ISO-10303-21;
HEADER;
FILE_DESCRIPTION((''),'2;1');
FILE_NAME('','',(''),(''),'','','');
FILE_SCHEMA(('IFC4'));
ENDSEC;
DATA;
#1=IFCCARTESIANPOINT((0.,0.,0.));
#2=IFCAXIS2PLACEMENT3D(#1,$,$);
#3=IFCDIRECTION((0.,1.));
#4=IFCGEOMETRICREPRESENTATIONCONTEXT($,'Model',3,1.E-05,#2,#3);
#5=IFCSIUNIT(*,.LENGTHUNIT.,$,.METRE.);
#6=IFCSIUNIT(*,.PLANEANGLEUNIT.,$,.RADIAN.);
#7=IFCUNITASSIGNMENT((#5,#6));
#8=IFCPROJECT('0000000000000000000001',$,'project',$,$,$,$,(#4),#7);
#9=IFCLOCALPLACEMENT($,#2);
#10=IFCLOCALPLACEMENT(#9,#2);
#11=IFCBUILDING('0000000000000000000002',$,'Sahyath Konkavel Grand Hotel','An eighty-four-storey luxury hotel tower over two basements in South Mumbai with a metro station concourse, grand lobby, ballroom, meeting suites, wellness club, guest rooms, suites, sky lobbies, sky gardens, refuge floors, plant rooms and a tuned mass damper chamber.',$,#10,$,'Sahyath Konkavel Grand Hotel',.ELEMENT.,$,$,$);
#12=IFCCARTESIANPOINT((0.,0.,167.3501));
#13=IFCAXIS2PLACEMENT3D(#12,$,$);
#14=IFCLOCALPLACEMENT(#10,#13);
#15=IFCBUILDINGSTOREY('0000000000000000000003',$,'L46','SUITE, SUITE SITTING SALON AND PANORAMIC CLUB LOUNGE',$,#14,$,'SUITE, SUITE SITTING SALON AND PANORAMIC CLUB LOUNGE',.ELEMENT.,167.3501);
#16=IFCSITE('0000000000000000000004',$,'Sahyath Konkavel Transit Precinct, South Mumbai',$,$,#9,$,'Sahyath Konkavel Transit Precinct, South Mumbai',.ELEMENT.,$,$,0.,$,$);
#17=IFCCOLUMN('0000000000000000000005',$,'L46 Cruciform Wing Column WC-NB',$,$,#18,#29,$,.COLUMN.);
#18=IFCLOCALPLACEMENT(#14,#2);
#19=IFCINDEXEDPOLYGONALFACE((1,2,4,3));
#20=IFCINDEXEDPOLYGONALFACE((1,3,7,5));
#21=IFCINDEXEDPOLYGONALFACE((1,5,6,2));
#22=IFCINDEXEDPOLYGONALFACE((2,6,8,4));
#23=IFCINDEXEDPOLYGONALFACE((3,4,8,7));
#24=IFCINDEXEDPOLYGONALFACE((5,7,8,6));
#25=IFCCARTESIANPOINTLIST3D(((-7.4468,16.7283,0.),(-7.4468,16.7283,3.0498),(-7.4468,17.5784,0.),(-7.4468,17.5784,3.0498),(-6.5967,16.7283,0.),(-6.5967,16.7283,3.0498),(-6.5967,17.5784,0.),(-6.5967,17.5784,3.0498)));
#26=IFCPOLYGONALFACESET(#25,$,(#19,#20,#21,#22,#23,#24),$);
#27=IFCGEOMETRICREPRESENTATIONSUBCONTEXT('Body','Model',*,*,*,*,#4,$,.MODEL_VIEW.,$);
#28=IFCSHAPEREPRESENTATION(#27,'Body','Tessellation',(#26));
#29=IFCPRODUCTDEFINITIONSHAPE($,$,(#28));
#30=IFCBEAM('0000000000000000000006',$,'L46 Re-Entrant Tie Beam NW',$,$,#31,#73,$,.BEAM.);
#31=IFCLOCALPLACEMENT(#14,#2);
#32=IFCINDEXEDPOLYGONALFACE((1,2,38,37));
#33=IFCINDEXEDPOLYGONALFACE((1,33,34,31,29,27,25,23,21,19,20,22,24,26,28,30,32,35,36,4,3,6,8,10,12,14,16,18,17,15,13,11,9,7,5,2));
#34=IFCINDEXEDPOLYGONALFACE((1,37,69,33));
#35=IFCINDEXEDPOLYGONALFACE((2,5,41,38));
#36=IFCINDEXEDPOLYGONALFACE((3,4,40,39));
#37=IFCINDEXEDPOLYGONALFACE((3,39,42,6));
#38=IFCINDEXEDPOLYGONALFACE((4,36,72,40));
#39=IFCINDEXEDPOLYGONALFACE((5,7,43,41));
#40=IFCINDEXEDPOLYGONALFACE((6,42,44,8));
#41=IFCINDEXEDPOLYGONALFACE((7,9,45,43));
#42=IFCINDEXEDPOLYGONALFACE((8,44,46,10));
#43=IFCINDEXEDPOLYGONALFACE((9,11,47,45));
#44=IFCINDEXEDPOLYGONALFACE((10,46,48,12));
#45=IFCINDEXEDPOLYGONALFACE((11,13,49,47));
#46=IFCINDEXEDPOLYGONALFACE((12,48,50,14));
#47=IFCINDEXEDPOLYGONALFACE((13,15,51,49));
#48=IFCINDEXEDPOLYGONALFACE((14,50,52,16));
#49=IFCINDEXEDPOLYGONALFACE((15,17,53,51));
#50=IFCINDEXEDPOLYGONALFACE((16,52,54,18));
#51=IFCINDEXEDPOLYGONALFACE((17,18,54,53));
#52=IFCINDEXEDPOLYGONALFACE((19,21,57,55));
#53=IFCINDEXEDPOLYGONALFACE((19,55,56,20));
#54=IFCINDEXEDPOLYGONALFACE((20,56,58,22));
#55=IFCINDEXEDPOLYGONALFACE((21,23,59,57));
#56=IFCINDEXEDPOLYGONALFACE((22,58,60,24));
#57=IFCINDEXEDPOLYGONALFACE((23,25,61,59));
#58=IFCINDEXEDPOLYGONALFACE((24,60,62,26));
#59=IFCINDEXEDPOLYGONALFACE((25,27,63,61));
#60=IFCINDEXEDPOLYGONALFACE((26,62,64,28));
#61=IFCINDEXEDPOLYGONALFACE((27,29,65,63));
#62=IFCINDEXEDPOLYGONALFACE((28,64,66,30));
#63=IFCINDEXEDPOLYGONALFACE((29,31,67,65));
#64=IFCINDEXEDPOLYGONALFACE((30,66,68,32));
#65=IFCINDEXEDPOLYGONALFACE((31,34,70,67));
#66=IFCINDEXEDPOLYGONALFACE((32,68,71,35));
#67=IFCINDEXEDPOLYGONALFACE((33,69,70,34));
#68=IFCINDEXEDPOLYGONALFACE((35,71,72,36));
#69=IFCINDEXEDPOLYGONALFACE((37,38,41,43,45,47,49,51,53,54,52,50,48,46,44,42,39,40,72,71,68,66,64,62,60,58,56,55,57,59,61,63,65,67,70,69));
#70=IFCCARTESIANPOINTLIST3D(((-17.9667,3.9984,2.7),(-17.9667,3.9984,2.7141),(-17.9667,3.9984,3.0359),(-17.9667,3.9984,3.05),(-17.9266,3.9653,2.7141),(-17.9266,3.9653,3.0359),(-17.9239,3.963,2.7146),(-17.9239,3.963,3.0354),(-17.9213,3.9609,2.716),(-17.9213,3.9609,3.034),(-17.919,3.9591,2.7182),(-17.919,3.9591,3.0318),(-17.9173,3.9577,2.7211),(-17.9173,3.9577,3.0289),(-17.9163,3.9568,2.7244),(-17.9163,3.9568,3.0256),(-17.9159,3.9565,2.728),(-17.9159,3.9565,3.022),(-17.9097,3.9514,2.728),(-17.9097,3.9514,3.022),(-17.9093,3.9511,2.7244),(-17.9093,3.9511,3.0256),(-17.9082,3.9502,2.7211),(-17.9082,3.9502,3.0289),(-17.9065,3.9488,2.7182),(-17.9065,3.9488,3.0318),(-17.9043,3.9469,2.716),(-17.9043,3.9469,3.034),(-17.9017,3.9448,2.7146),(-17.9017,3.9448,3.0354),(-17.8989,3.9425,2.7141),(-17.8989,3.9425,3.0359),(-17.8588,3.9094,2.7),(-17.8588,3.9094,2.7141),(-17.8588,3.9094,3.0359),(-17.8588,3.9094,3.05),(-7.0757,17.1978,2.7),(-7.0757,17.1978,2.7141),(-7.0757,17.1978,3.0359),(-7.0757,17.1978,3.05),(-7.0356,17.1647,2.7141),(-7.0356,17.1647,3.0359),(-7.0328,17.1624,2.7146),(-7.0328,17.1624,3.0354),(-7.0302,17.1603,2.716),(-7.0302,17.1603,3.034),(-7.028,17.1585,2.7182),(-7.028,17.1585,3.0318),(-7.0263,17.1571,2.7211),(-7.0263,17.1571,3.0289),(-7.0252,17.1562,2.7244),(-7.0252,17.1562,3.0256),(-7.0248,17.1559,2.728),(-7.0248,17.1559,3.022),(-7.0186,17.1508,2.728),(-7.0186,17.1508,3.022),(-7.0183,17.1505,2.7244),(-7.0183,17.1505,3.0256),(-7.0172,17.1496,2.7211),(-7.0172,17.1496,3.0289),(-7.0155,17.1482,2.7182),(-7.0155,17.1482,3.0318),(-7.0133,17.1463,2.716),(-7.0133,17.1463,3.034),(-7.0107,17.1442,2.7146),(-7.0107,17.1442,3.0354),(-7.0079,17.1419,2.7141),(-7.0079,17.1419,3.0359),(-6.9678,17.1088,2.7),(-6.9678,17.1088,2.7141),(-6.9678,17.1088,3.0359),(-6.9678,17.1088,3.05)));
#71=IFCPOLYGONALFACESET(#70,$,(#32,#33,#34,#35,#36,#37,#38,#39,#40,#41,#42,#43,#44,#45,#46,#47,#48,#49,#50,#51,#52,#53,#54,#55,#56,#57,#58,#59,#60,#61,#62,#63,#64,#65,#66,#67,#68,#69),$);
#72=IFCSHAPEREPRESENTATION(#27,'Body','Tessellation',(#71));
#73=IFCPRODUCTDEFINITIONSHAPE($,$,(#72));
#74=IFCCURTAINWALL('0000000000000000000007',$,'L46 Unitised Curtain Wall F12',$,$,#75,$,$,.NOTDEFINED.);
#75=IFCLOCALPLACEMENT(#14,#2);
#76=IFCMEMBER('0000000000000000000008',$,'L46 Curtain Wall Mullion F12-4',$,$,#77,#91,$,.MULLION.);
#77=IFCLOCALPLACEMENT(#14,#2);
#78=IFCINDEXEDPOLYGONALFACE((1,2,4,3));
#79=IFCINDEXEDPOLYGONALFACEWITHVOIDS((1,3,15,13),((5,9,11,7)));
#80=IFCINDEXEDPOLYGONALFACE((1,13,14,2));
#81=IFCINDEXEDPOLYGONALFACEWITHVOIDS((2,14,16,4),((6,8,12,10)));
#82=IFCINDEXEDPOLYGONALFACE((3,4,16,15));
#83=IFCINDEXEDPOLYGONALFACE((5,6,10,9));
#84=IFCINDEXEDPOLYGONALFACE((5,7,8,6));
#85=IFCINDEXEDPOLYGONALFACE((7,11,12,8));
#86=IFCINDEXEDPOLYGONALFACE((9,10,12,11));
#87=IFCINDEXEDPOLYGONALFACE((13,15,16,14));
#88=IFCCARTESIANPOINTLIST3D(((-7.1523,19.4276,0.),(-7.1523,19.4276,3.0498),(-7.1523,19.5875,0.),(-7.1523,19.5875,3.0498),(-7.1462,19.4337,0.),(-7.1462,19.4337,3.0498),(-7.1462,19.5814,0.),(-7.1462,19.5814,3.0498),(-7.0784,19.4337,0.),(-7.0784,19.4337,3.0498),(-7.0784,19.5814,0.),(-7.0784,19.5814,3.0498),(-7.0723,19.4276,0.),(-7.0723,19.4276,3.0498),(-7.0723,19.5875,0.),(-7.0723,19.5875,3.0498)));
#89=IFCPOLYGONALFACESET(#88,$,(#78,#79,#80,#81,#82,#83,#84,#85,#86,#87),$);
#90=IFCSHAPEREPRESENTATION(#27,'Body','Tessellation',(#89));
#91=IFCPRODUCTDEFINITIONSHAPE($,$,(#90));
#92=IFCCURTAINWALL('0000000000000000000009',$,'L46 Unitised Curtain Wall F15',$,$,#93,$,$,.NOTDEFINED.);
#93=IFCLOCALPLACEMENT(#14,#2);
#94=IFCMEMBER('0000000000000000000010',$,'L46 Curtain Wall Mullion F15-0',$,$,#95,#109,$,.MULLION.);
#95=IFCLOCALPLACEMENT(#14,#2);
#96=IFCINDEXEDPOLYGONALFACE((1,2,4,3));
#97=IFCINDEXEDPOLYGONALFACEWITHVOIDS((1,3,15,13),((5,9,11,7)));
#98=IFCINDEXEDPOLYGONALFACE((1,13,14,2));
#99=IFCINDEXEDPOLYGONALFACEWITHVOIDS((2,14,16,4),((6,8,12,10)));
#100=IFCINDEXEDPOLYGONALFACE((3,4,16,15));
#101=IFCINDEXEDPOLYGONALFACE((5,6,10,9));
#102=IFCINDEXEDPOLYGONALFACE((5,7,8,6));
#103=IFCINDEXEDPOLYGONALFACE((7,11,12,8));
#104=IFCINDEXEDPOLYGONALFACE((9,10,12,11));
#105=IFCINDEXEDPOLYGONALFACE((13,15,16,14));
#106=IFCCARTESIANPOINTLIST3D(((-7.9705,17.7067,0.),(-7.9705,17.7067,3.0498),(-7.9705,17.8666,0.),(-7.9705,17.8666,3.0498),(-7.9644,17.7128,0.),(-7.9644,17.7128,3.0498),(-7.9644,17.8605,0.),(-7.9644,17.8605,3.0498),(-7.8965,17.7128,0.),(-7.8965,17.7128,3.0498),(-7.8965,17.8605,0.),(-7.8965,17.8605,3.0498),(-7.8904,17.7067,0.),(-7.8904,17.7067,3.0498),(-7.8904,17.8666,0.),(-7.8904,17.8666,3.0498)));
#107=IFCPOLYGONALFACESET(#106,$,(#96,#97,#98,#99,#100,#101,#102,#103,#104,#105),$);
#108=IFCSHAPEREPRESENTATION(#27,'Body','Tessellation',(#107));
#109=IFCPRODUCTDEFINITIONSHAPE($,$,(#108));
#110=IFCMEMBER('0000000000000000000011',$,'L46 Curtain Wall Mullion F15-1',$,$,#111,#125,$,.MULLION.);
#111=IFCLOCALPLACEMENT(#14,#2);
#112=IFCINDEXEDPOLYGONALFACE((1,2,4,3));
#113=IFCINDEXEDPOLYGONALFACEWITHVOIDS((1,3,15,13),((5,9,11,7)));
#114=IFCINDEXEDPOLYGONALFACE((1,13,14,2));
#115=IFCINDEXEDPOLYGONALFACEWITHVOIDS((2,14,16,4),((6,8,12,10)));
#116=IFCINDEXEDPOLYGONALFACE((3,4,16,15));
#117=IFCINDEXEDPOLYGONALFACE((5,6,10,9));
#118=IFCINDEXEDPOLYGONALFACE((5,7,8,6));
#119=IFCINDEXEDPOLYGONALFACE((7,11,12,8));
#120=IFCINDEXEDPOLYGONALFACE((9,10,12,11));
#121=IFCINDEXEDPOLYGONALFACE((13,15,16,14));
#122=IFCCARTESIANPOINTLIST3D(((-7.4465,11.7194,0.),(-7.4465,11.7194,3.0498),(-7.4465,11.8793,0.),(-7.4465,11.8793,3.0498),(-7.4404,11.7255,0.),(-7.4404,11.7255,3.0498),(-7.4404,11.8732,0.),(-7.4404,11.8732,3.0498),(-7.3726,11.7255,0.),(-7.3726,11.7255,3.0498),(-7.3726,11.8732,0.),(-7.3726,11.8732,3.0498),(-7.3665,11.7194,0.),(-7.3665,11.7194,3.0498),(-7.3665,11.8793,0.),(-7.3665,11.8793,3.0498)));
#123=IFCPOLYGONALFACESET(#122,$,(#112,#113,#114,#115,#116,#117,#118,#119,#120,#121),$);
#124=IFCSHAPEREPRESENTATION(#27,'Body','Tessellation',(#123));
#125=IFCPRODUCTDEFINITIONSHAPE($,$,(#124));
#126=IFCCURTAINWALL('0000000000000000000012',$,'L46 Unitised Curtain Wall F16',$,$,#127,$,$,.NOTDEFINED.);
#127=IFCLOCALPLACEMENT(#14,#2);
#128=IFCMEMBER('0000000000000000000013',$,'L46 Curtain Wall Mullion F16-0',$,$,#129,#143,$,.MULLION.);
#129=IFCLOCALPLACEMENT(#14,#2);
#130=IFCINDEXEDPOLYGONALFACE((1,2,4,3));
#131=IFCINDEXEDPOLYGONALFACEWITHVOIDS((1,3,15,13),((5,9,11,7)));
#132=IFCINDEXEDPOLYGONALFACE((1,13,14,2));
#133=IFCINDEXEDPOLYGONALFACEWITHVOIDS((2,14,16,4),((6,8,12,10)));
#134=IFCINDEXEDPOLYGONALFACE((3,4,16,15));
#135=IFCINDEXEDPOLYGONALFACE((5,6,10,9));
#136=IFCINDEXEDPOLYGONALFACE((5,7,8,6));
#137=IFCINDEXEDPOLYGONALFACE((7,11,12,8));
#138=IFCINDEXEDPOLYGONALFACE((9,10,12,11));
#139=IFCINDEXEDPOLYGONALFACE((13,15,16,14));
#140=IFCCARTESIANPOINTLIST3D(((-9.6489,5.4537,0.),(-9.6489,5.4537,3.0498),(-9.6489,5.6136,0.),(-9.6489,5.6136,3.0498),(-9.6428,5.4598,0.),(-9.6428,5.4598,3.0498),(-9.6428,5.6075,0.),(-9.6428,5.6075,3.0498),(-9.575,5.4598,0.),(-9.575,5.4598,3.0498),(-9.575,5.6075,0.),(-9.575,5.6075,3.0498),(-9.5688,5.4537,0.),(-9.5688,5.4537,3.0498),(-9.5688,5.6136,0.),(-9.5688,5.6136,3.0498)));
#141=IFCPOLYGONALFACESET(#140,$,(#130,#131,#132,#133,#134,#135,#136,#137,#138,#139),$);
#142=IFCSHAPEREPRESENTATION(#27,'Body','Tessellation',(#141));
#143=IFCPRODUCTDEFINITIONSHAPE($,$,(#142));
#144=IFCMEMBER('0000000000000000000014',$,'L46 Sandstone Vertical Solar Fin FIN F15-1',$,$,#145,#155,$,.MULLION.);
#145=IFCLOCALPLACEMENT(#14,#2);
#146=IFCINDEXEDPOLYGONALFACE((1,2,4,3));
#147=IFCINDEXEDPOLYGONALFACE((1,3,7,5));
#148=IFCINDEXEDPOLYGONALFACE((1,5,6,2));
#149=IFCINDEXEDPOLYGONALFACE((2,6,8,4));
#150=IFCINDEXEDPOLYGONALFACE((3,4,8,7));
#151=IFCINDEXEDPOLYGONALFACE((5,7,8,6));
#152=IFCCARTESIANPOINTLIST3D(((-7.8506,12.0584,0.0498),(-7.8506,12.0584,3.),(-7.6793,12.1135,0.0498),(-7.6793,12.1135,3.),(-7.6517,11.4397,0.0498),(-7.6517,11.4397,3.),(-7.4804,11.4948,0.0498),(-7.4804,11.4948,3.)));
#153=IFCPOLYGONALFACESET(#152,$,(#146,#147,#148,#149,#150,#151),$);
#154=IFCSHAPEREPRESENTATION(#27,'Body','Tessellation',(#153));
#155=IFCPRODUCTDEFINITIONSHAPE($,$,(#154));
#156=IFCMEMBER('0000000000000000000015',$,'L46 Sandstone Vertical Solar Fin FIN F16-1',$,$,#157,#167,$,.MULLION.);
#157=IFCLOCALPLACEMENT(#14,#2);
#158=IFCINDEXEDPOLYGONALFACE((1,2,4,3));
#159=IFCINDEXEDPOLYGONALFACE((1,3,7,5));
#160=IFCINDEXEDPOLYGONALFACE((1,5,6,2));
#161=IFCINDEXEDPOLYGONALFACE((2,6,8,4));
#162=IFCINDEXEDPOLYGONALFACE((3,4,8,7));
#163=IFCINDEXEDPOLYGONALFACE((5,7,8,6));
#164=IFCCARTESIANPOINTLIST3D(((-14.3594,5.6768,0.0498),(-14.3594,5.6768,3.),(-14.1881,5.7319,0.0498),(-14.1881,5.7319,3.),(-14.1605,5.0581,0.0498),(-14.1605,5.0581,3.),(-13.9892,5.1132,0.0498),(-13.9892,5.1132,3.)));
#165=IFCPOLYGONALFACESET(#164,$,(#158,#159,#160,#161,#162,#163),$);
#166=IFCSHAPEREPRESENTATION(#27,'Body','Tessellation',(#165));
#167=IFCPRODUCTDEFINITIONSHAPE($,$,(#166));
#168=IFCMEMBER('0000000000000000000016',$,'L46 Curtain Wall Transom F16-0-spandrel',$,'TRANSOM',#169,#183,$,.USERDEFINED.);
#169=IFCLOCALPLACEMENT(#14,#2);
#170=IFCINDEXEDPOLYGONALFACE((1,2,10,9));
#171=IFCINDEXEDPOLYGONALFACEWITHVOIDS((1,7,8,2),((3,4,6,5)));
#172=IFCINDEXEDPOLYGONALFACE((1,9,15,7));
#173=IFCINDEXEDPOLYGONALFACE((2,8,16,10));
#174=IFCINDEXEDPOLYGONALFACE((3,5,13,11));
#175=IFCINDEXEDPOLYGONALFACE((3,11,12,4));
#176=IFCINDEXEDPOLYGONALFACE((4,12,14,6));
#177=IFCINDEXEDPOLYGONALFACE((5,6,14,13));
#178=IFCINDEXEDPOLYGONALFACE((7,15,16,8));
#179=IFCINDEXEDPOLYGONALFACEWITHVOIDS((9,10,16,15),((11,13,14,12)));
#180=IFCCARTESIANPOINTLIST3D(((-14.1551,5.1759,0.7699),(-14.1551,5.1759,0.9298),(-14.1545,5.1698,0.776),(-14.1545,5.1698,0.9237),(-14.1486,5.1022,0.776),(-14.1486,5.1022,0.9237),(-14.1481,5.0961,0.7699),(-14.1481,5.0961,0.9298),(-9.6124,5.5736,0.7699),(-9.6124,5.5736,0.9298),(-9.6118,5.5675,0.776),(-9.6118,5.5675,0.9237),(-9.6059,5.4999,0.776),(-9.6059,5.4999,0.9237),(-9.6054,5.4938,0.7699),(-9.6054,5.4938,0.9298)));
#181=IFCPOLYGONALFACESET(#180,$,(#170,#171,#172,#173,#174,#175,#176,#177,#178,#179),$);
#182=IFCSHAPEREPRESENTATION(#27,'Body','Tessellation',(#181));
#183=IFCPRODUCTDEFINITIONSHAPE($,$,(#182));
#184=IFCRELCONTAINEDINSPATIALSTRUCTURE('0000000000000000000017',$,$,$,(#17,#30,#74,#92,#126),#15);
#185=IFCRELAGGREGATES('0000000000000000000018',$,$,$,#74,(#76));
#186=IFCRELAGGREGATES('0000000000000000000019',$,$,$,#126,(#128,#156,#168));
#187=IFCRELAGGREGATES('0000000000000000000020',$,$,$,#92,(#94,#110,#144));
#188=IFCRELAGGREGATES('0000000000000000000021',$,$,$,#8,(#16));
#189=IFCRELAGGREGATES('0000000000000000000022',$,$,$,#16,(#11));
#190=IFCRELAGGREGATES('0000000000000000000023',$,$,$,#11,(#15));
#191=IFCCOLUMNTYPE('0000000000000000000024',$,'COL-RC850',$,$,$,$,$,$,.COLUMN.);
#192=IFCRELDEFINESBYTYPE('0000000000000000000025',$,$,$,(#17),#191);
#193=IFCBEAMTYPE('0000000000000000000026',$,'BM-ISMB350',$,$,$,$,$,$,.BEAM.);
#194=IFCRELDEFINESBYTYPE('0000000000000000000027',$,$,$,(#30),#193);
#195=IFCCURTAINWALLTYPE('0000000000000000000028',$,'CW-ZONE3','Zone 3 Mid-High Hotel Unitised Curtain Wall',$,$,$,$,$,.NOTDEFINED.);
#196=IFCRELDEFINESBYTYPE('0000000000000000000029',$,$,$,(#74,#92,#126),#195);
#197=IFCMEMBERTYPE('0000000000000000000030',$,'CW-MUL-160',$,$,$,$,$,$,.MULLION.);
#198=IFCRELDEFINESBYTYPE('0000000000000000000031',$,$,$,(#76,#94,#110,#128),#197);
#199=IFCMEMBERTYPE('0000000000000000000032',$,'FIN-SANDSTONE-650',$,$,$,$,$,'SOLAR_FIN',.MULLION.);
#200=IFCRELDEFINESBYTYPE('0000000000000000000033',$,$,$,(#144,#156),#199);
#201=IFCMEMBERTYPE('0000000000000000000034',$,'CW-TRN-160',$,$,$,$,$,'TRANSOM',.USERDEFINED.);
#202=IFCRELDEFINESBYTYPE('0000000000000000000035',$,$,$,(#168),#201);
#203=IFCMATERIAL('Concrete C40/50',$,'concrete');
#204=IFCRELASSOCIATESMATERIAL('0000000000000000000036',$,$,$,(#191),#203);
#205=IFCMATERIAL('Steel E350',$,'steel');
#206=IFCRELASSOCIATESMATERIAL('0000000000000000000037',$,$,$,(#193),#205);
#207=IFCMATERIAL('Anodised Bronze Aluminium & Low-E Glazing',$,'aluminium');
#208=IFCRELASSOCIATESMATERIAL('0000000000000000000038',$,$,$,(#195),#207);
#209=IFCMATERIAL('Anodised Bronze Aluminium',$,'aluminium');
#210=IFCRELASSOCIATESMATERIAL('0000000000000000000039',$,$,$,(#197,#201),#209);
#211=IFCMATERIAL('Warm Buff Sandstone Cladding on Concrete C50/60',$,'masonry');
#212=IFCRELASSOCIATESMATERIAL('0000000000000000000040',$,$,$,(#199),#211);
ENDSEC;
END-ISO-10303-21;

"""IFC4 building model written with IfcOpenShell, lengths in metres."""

from ifc_helpers import new_model, si_unit, direction, frame, origin, origin_2d, place, context, subcontext, project, spatial, rectangle, hollow_rectangle, i_section, extrude, source, transform, mapped, material, material_profile, profile_set, type_object, element, aggregate, save


model = new_model("IFC4")

# Units and contexts
model_context = context("Model", 3, precision=1e-05, world=origin(), true_north=direction((0.0, 1.0)))
body_context = subcontext(model_context, "Body", "Model", "MODEL_VIEW")
ifc_project = project(units=[si_unit("LENGTHUNIT", "METRE"), si_unit("PLANEANGLEUNIT", "RADIAN")], contexts=[model_context])

# Site, building, storey
site_placement = place(None, origin())
site = spatial("IfcSite", under=ifc_project, at=site_placement, Name="Sahyath Konkavel Transit Precinct, South Mumbai", LongName="Sahyath Konkavel Transit Precinct, South Mumbai", CompositionType="ELEMENT", RefElevation=0.0)
building_placement = place(site_placement, origin())
building = spatial("IfcBuilding", under=site, at=building_placement, Name="Sahyath Konkavel Grand Hotel", Description="An eighty-four-storey luxury hotel tower over two basements in South Mumbai with a metro station concourse, grand lobby, ballroom, meeting suites, wellness club, guest rooms, suites, sky lobbies, sky gardens, refuge floors, plant rooms and a tuned mass damper chamber.", LongName="Sahyath Konkavel Grand Hotel", CompositionType="ELEMENT")
storey_placement = place(building_placement, frame((0.0, 0.0, 167.3501)))
storey = spatial("IfcBuildingStorey", under=building, at=storey_placement, Name="L46", Description="SUITE, SUITE SITTING SALON AND PANORAMIC CLUB LOUNGE", LongName="SUITE, SUITE SITTING SALON AND PANORAMIC CLUB LOUNGE", CompositionType="ELEMENT", Elevation=167.3501)

# Column
ifc_material_1 = material(Name="Concrete C40/50", Category="concrete")
ifc_material_profile_1 = material_profile(ifc_material_1, rectangle(XDim=0.8501, YDim=0.8501, at=origin_2d()), Name="RC 850x850")
ifc_profile_set_1 = profile_set([ifc_material_profile_1], Name="Concrete C40/50")
column_type = type_object("IfcColumnType", Name="COL-RC850", PredefinedType="COLUMN", material=ifc_profile_set_1)
shared_shape_1 = source(origin(), body_context, "Body", "SweptSolid", [
    extrude(rectangle(XDim=0.8501, YDim=0.8501, at=origin_2d()), origin(), (0.0, 0.0, 1.0), 3.0498),
])
column_placement = place(storey_placement, frame((-7.0217, 17.1533, 0.0), z_axis=(0.0, 0.0, 1.0), x_axis=(1.0, 0.0, 0.0)))
element("IfcColumn", 1, at=column_placement, inside=storey, type_object=column_type, Name="L46 Cruciform Wing Column WC-NB", PredefinedType="COLUMN", context=body_context, shape_type="MappedRepresentation", body=[
    mapped(shared_shape_1, transform((0.0, 0.0, 0.0), scale=1.0)),
])

# Beam
ifc_material_2 = material(Name="Steel E350", Category="steel")
ifc_material_profile_2 = material_profile(ifc_material_2, i_section(OverallWidth=0.1399, OverallDepth=0.3501, WebThickness=0.0081, FlangeThickness=0.0142, FilletRadius=0.0139, at=origin_2d()), Name="ISMB 350")
ifc_profile_set_2 = profile_set([ifc_material_profile_2], Name="Steel E350")
beam_type = type_object("IfcBeamType", Name="BM-ISMB350", PredefinedType="BEAM", material=ifc_profile_set_2)
shared_shape_2 = source(origin(), body_context, "Body", "SweptSolid", [
    extrude(i_section(OverallWidth=0.1399, OverallDepth=0.3501, WebThickness=0.0081, FlangeThickness=0.0142, FilletRadius=0.0139, at=origin_2d()), origin(), (0.0, 0.0, 1.0), 17.1125),
])
beam_placement = place(storey_placement, frame((-7.0217, 17.1533, 2.875), z_axis=(-0.636437, -0.771329, 0.0), x_axis=(0.771329, -0.636437, 0.0)))
element("IfcBeam", 2, at=beam_placement, inside=storey, type_object=beam_type, Name="L46 Re-Entrant Tie Beam NW", PredefinedType="BEAM", context=body_context, shape_type="MappedRepresentation", body=[
    mapped(shared_shape_2, transform((0.0, 0.0, 0.0), scale=1.0)),
])

# Curtain wall, member
ifc_material_3 = material(Name="Anodised Bronze Aluminium & Low-E Glazing", Category="aluminium")
curtain_wall_type = type_object("IfcCurtainWallType", Name="CW-ZONE3", Description="Zone 3 Mid-High Hotel Unitised Curtain Wall", PredefinedType="NOTDEFINED", material=ifc_material_3)
curtain_wall_1_placement = place(storey_placement, origin())
curtain_wall_1 = element("IfcCurtainWall", 3, at=curtain_wall_1_placement, inside=storey, type_object=curtain_wall_type, Name="L46 Unitised Curtain Wall F12", PredefinedType="NOTDEFINED")
ifc_material_4 = material(Name="Anodised Bronze Aluminium", Category="aluminium")
ifc_material_profile_3 = material_profile(ifc_material_4, hollow_rectangle(XDim=0.0801, YDim=0.1599, WallThickness=0.0061, at=origin_2d()), Name="RHS 160x80x6")
ifc_profile_set_3 = profile_set([ifc_material_profile_3], Name="Anodised Bronze Aluminium")
member_type_1 = type_object("IfcMemberType", Name="CW-MUL-160", PredefinedType="MULLION", material=ifc_profile_set_3)
shared_shape_3 = source(origin(), body_context, "Body", "SweptSolid", [
    extrude(hollow_rectangle(XDim=0.0801, YDim=0.1599, WallThickness=0.0061, at=origin_2d()), origin(), (0.0, 0.0, 1.0), 3.0498),
])
member_1_placement = place(storey_placement, frame((-7.1123, 19.5076, 0.0), z_axis=(0.0, 0.0, 1.0), x_axis=(1.0, 0.0, 0.0)))
member_1 = element("IfcMember", 4, at=member_1_placement, type_object=member_type_1, Name="L46 Curtain Wall Mullion F12-4", PredefinedType="MULLION", context=body_context, shape_type="MappedRepresentation", body=[
    mapped(shared_shape_3, transform((0.0, 0.0, 0.0), scale=1.0)),
])
aggregate(curtain_wall_1, [member_1])

# Curtain wall, members
curtain_wall_2_placement = place(storey_placement, origin())
curtain_wall_2 = element("IfcCurtainWall", 5, at=curtain_wall_2_placement, inside=storey, type_object=curtain_wall_type, Name="L46 Unitised Curtain Wall F15", PredefinedType="NOTDEFINED")
member_2_placement = place(storey_placement, frame((-7.9304, 17.7866, 0.0), z_axis=(0.0, 0.0, 1.0), x_axis=(1.0, 0.0, 0.0)))
member_2 = element("IfcMember", 6, at=member_2_placement, type_object=member_type_1, Name="L46 Curtain Wall Mullion F15-0", PredefinedType="MULLION", context=body_context, shape_type="MappedRepresentation", body=[
    mapped(shared_shape_3, transform((0.0, 0.0, 0.0), scale=1.0)),
])
member_3_placement = place(storey_placement, frame((-7.4065, 11.7993, 0.0), z_axis=(0.0, 0.0, 1.0), x_axis=(1.0, 0.0, 0.0)))
member_3 = element("IfcMember", 7, at=member_3_placement, type_object=member_type_1, Name="L46 Curtain Wall Mullion F15-1", PredefinedType="MULLION", context=body_context, shape_type="MappedRepresentation", body=[
    mapped(shared_shape_3, transform((0.0, 0.0, 0.0), scale=1.0)),
])

# Curtain wall, member
curtain_wall_3_placement = place(storey_placement, origin())
curtain_wall_3 = element("IfcCurtainWall", 8, at=curtain_wall_3_placement, inside=storey, type_object=curtain_wall_type, Name="L46 Unitised Curtain Wall F16", PredefinedType="NOTDEFINED")
member_4_placement = place(storey_placement, frame((-9.6089, 5.5337, 0.0), z_axis=(0.0, 0.0, 1.0), x_axis=(1.0, 0.0, 0.0)))
member_4 = element("IfcMember", 9, at=member_4_placement, type_object=member_type_1, Name="L46 Curtain Wall Mullion F16-0", PredefinedType="MULLION", context=body_context, shape_type="MappedRepresentation", body=[
    mapped(shared_shape_3, transform((0.0, 0.0, 0.0), scale=1.0)),
])

# Members
ifc_material_5 = material(Name="Warm Buff Sandstone Cladding on Concrete C50/60", Category="masonry")
ifc_material_profile_4 = material_profile(ifc_material_5, rectangle(XDim=0.1799, YDim=0.6499, at=origin_2d()), Name="FIN 180x650")
ifc_profile_set_4 = profile_set([ifc_material_profile_4], Name="Warm Buff Sandstone Cladding on Concrete C50/60")
member_type_2 = type_object("IfcMemberType", Name="FIN-SANDSTONE-650", ElementType="SOLAR_FIN", PredefinedType="MULLION", material=ifc_profile_set_4)
shared_shape_4 = source(origin(), body_context, "Body", "SweptSolid", [
    extrude(rectangle(XDim=0.1799, YDim=0.6499, at=origin_2d()), origin(), (0.0, 0.0, 1.0), 2.9502),
])
member_5_placement = place(storey_placement, frame((-7.6655, 11.7766, 0.0498), z_axis=(0.0, 0.0, 1.0), x_axis=(0.952023, 0.306028, 0.0)))
member_5 = element("IfcMember", 10, at=member_5_placement, type_object=member_type_2, Name="L46 Sandstone Vertical Solar Fin FIN F15-1", PredefinedType="MULLION", context=body_context, shape_type="MappedRepresentation", body=[
    mapped(shared_shape_4, transform((0.0, 0.0, 0.0), scale=1.0)),
])
member_6_placement = place(storey_placement, frame((-14.1743, 5.395, 0.0498), z_axis=(0.0, 0.0, 1.0), x_axis=(0.952023, 0.306028, 0.0)))
member_6 = element("IfcMember", 11, at=member_6_placement, type_object=member_type_2, Name="L46 Sandstone Vertical Solar Fin FIN F16-1", PredefinedType="MULLION", context=body_context, shape_type="MappedRepresentation", body=[
    mapped(shared_shape_4, transform((0.0, 0.0, 0.0), scale=1.0)),
])
ifc_material_profile_5 = material_profile(ifc_material_4, hollow_rectangle(XDim=0.0801, YDim=0.1599, WallThickness=0.0061, at=origin_2d()), Name="RHS 160x80x6")
ifc_profile_set_5 = profile_set([ifc_material_profile_5], Name="Anodised Bronze Aluminium")
member_type_3 = type_object("IfcMemberType", Name="CW-TRN-160", ElementType="TRANSOM", PredefinedType="USERDEFINED", material=ifc_profile_set_5)
shared_shape_5 = source(origin(), body_context, "Body", "SweptSolid", [
    extrude(hollow_rectangle(XDim=0.0801, YDim=0.1599, WallThickness=0.0061, at=origin_2d()), origin(), (0.0, 0.0, 1.0), 4.5601),
])
member_7_placement = place(storey_placement, frame((-9.6089, 5.5337, 0.8499), z_axis=(-0.99619, -0.087214, 0.0), x_axis=(0.087214, -0.99619, 0.0)))
member_7 = element("IfcMember", 12, at=member_7_placement, type_object=member_type_3, Name="L46 Curtain Wall Transom F16-0-spandrel", ObjectType="TRANSOM", PredefinedType="USERDEFINED", context=body_context, shape_type="MappedRepresentation", body=[
    mapped(shared_shape_5, transform((0.0, 0.0, 0.0), scale=1.0)),
])

aggregate(curtain_wall_3, [member_4, member_6, member_7])
aggregate(curtain_wall_2, [member_2, member_3, member_5])

save(model, "model.ifc")
